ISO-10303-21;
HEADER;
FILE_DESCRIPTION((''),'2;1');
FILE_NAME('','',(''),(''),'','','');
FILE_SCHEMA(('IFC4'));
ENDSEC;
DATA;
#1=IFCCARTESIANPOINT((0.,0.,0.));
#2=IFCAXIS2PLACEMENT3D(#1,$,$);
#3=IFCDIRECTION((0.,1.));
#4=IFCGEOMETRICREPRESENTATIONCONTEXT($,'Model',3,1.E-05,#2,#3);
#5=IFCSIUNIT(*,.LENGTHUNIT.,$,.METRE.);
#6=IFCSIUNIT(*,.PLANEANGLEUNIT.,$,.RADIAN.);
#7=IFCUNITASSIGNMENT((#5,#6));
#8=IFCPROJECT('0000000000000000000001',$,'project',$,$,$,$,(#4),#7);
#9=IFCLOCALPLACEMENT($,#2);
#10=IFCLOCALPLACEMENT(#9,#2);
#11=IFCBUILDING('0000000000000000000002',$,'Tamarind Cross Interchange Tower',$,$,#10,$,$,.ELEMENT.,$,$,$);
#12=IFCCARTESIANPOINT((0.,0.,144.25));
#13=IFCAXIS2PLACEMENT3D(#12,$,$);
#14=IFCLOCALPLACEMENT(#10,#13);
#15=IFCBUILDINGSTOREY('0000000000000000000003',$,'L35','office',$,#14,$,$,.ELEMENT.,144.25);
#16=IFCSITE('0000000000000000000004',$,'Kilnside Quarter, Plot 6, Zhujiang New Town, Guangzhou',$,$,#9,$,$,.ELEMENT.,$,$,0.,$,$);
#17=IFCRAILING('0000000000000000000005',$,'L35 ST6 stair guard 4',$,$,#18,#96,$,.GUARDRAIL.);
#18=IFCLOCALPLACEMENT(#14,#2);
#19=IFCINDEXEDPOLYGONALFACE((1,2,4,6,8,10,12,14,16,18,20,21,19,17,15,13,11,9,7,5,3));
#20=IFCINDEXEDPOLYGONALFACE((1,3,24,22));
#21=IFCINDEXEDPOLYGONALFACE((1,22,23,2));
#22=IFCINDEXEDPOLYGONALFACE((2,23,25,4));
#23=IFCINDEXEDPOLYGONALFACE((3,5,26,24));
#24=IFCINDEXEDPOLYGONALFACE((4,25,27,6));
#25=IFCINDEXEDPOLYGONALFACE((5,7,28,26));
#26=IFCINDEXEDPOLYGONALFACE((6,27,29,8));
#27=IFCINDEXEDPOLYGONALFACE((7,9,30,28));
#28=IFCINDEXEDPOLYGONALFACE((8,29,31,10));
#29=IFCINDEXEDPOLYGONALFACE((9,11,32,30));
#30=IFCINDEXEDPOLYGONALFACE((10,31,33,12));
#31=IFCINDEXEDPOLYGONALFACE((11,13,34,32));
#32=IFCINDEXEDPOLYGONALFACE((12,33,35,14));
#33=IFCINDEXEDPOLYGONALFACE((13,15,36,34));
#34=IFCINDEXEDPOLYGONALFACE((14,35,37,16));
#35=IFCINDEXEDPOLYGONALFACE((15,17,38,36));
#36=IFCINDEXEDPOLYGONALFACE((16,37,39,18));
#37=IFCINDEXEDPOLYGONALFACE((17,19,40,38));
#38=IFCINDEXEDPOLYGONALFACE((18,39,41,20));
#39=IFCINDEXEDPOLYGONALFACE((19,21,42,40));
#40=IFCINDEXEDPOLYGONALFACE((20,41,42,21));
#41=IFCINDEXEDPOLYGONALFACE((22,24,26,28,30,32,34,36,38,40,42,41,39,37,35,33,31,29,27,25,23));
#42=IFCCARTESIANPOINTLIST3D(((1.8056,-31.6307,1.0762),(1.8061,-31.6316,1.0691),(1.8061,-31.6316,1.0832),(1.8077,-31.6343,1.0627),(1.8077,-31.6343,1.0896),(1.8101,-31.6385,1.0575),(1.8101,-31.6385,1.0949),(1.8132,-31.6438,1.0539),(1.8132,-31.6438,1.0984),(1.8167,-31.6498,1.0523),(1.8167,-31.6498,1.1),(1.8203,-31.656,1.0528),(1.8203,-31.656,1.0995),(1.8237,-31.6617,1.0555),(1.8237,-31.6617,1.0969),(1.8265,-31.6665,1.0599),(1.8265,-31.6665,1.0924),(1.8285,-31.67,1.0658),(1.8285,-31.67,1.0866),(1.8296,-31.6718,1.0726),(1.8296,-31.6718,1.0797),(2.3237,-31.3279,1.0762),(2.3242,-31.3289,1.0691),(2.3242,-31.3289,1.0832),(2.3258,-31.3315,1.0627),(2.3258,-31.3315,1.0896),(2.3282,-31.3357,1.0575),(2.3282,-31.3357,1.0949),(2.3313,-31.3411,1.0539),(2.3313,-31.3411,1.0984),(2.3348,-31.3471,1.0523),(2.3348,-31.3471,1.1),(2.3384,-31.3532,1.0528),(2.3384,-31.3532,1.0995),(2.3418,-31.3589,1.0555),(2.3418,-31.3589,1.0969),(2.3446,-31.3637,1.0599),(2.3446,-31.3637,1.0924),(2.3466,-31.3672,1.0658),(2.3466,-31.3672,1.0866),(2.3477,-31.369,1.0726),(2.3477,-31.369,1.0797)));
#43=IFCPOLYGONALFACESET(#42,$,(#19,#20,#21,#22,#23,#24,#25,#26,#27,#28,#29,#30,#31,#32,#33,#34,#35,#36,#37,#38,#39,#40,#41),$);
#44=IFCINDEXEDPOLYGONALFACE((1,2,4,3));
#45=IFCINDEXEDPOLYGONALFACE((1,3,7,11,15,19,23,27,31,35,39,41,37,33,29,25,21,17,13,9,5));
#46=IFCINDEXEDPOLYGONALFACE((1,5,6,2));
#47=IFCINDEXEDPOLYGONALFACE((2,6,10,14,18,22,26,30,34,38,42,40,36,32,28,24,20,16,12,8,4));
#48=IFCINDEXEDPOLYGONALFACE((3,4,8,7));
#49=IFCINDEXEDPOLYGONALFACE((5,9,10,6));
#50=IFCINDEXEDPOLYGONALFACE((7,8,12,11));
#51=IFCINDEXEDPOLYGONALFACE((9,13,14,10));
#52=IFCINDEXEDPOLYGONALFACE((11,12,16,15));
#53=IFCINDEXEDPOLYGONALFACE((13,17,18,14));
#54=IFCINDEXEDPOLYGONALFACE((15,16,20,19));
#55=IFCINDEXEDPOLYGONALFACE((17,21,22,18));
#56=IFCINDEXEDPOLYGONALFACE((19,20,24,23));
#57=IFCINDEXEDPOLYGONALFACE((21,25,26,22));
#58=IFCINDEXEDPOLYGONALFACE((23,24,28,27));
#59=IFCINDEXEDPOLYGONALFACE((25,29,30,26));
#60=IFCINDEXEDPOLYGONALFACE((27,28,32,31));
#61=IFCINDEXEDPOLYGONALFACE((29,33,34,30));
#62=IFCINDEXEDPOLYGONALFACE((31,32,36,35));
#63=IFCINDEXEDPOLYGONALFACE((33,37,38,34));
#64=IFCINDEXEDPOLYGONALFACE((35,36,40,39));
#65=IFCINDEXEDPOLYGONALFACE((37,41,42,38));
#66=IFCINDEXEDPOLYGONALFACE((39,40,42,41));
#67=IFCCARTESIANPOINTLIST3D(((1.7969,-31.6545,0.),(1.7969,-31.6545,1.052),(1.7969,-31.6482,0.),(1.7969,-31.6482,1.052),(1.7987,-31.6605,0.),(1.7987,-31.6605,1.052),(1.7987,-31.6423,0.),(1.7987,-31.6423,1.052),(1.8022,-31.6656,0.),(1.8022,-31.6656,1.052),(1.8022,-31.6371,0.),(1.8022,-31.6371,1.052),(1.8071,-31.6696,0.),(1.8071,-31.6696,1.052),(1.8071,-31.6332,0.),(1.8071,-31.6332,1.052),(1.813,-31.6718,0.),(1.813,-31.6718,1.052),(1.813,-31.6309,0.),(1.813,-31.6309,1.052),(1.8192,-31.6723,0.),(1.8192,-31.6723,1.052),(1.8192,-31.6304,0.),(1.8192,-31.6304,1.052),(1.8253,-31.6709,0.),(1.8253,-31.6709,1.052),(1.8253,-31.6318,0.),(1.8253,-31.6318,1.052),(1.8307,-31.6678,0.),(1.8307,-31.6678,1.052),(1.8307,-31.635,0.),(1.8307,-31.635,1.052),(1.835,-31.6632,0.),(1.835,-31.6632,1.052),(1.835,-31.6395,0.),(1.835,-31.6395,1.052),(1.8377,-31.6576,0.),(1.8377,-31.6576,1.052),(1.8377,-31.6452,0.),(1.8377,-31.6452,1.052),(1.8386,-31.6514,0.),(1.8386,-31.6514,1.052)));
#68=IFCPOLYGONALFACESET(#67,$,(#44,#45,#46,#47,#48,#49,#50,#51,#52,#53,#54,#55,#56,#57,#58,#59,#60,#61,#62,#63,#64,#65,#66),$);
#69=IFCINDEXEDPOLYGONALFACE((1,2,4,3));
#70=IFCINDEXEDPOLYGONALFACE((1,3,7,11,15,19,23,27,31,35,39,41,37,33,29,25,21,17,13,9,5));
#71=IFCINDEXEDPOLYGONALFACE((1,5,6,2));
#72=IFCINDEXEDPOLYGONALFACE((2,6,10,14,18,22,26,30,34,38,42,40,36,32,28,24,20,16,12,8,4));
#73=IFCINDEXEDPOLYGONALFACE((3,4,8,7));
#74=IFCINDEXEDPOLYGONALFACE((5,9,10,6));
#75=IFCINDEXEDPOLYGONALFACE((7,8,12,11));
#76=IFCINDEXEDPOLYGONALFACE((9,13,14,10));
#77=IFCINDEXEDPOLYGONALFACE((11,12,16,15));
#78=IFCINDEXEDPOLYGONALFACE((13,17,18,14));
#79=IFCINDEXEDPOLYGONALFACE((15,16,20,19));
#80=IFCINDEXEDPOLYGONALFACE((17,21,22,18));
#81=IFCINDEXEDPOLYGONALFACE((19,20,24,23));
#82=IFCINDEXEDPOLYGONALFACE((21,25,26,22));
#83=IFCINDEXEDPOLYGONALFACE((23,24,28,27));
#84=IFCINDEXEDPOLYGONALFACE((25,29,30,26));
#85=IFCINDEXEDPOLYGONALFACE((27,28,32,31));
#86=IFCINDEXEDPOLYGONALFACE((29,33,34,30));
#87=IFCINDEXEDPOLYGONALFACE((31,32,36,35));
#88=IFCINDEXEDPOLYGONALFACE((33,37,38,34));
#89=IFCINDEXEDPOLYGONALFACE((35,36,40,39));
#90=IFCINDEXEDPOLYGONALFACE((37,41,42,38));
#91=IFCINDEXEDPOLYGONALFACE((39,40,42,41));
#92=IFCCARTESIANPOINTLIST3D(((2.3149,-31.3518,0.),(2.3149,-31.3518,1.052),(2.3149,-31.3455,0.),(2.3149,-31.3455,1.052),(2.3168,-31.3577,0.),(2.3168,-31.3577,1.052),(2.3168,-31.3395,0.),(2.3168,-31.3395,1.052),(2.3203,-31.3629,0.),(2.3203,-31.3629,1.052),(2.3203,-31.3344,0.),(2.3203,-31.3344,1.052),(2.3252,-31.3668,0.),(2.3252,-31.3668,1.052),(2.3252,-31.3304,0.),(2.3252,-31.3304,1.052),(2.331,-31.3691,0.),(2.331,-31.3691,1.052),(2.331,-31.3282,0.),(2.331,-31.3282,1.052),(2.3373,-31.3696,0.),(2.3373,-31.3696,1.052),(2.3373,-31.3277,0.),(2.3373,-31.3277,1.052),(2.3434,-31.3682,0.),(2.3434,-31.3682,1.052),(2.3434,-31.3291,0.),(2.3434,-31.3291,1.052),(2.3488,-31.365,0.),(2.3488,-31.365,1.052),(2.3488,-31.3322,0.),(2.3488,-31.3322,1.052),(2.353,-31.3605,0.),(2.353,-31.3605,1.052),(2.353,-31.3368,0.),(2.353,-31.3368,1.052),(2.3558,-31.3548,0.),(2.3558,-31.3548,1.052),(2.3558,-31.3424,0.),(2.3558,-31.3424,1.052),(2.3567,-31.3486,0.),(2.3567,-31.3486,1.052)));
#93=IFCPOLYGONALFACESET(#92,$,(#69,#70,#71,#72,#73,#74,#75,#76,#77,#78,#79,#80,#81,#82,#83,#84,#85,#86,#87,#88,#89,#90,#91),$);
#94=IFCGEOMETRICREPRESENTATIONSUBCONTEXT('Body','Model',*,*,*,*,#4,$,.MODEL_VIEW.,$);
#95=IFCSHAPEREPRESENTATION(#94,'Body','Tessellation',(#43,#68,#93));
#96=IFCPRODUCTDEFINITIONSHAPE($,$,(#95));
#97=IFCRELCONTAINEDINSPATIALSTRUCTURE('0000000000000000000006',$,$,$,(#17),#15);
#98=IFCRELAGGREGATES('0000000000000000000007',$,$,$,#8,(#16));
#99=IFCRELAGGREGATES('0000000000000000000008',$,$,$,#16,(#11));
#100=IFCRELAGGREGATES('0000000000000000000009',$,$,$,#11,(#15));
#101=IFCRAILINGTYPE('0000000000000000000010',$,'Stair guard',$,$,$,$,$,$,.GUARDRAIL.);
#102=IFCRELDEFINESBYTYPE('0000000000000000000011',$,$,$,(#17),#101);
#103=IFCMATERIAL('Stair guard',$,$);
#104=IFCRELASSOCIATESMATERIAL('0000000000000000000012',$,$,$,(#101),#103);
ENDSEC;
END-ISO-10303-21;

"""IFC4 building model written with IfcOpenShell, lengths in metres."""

from ifc_helpers import new_model, si_unit, direction, frame, origin, origin_2d, place, context, subcontext, project, spatial, circle, extrude, material, type_object, element, save


model = new_model("IFC4")

# Units and contexts
model_context = context("Model", 3, precision=1e-05, world=origin(), true_north=direction((0.0, 1.0)))
body_context = subcontext(model_context, "Body", "Model", "MODEL_VIEW")
ifc_project = project(units=[si_unit("LENGTHUNIT", "METRE"), si_unit("PLANEANGLEUNIT", "RADIAN")], contexts=[model_context])

# Site, building, storey
site_placement = place(None, origin())
site = spatial("IfcSite", under=ifc_project, at=site_placement, Name="Kilnside Quarter, Plot 6, Zhujiang New Town, Guangzhou", CompositionType="ELEMENT", RefElevation=0.0)
building_placement = place(site_placement, origin())
building = spatial("IfcBuilding", under=site, at=building_placement, Name="Tamarind Cross Interchange Tower", CompositionType="ELEMENT")
storey_placement = place(building_placement, frame((0.0, 0.0, 144.25)))
storey = spatial("IfcBuildingStorey", under=building, at=storey_placement, Name="L35", Description="office", CompositionType="ELEMENT", Elevation=144.25)

# Railing
ifc_material_1 = material(Name="Stair guard")
railing_type_1 = type_object("IfcRailingType", Name="Stair guard", PredefinedType="GUARDRAIL", material=ifc_material_1)
railing_1_placement = place(storey_placement, frame((1.8176, -31.6514, 0.0)))
element("IfcRailing", 1, at=railing_1_placement, inside=storey, type_object=railing_type_1, Name="L35 ST6 stair guard 4", PredefinedType="GUARDRAIL", context=body_context, shape_type="SweptSolid", body=[
    extrude(circle(Radius=0.0239, at=origin_2d()), frame((0.0, 0.0, 1.0762), z_axis=(0.863395, 0.504529, 0.0), x_axis=(-0.504529, 0.863395, 0.0)), (0.0, 0.0, 1.0), 0.6001),
    extrude(circle(Radius=0.021, at=origin_2d()), origin(), (0.0, 0.0, 1.0), 1.052),
    extrude(circle(Radius=0.021, at=origin_2d()), frame((0.5181, 0.3027, 0.0)), (0.0, 0.0, 1.0), 1.052),
])

save(model, "model.ifc")
